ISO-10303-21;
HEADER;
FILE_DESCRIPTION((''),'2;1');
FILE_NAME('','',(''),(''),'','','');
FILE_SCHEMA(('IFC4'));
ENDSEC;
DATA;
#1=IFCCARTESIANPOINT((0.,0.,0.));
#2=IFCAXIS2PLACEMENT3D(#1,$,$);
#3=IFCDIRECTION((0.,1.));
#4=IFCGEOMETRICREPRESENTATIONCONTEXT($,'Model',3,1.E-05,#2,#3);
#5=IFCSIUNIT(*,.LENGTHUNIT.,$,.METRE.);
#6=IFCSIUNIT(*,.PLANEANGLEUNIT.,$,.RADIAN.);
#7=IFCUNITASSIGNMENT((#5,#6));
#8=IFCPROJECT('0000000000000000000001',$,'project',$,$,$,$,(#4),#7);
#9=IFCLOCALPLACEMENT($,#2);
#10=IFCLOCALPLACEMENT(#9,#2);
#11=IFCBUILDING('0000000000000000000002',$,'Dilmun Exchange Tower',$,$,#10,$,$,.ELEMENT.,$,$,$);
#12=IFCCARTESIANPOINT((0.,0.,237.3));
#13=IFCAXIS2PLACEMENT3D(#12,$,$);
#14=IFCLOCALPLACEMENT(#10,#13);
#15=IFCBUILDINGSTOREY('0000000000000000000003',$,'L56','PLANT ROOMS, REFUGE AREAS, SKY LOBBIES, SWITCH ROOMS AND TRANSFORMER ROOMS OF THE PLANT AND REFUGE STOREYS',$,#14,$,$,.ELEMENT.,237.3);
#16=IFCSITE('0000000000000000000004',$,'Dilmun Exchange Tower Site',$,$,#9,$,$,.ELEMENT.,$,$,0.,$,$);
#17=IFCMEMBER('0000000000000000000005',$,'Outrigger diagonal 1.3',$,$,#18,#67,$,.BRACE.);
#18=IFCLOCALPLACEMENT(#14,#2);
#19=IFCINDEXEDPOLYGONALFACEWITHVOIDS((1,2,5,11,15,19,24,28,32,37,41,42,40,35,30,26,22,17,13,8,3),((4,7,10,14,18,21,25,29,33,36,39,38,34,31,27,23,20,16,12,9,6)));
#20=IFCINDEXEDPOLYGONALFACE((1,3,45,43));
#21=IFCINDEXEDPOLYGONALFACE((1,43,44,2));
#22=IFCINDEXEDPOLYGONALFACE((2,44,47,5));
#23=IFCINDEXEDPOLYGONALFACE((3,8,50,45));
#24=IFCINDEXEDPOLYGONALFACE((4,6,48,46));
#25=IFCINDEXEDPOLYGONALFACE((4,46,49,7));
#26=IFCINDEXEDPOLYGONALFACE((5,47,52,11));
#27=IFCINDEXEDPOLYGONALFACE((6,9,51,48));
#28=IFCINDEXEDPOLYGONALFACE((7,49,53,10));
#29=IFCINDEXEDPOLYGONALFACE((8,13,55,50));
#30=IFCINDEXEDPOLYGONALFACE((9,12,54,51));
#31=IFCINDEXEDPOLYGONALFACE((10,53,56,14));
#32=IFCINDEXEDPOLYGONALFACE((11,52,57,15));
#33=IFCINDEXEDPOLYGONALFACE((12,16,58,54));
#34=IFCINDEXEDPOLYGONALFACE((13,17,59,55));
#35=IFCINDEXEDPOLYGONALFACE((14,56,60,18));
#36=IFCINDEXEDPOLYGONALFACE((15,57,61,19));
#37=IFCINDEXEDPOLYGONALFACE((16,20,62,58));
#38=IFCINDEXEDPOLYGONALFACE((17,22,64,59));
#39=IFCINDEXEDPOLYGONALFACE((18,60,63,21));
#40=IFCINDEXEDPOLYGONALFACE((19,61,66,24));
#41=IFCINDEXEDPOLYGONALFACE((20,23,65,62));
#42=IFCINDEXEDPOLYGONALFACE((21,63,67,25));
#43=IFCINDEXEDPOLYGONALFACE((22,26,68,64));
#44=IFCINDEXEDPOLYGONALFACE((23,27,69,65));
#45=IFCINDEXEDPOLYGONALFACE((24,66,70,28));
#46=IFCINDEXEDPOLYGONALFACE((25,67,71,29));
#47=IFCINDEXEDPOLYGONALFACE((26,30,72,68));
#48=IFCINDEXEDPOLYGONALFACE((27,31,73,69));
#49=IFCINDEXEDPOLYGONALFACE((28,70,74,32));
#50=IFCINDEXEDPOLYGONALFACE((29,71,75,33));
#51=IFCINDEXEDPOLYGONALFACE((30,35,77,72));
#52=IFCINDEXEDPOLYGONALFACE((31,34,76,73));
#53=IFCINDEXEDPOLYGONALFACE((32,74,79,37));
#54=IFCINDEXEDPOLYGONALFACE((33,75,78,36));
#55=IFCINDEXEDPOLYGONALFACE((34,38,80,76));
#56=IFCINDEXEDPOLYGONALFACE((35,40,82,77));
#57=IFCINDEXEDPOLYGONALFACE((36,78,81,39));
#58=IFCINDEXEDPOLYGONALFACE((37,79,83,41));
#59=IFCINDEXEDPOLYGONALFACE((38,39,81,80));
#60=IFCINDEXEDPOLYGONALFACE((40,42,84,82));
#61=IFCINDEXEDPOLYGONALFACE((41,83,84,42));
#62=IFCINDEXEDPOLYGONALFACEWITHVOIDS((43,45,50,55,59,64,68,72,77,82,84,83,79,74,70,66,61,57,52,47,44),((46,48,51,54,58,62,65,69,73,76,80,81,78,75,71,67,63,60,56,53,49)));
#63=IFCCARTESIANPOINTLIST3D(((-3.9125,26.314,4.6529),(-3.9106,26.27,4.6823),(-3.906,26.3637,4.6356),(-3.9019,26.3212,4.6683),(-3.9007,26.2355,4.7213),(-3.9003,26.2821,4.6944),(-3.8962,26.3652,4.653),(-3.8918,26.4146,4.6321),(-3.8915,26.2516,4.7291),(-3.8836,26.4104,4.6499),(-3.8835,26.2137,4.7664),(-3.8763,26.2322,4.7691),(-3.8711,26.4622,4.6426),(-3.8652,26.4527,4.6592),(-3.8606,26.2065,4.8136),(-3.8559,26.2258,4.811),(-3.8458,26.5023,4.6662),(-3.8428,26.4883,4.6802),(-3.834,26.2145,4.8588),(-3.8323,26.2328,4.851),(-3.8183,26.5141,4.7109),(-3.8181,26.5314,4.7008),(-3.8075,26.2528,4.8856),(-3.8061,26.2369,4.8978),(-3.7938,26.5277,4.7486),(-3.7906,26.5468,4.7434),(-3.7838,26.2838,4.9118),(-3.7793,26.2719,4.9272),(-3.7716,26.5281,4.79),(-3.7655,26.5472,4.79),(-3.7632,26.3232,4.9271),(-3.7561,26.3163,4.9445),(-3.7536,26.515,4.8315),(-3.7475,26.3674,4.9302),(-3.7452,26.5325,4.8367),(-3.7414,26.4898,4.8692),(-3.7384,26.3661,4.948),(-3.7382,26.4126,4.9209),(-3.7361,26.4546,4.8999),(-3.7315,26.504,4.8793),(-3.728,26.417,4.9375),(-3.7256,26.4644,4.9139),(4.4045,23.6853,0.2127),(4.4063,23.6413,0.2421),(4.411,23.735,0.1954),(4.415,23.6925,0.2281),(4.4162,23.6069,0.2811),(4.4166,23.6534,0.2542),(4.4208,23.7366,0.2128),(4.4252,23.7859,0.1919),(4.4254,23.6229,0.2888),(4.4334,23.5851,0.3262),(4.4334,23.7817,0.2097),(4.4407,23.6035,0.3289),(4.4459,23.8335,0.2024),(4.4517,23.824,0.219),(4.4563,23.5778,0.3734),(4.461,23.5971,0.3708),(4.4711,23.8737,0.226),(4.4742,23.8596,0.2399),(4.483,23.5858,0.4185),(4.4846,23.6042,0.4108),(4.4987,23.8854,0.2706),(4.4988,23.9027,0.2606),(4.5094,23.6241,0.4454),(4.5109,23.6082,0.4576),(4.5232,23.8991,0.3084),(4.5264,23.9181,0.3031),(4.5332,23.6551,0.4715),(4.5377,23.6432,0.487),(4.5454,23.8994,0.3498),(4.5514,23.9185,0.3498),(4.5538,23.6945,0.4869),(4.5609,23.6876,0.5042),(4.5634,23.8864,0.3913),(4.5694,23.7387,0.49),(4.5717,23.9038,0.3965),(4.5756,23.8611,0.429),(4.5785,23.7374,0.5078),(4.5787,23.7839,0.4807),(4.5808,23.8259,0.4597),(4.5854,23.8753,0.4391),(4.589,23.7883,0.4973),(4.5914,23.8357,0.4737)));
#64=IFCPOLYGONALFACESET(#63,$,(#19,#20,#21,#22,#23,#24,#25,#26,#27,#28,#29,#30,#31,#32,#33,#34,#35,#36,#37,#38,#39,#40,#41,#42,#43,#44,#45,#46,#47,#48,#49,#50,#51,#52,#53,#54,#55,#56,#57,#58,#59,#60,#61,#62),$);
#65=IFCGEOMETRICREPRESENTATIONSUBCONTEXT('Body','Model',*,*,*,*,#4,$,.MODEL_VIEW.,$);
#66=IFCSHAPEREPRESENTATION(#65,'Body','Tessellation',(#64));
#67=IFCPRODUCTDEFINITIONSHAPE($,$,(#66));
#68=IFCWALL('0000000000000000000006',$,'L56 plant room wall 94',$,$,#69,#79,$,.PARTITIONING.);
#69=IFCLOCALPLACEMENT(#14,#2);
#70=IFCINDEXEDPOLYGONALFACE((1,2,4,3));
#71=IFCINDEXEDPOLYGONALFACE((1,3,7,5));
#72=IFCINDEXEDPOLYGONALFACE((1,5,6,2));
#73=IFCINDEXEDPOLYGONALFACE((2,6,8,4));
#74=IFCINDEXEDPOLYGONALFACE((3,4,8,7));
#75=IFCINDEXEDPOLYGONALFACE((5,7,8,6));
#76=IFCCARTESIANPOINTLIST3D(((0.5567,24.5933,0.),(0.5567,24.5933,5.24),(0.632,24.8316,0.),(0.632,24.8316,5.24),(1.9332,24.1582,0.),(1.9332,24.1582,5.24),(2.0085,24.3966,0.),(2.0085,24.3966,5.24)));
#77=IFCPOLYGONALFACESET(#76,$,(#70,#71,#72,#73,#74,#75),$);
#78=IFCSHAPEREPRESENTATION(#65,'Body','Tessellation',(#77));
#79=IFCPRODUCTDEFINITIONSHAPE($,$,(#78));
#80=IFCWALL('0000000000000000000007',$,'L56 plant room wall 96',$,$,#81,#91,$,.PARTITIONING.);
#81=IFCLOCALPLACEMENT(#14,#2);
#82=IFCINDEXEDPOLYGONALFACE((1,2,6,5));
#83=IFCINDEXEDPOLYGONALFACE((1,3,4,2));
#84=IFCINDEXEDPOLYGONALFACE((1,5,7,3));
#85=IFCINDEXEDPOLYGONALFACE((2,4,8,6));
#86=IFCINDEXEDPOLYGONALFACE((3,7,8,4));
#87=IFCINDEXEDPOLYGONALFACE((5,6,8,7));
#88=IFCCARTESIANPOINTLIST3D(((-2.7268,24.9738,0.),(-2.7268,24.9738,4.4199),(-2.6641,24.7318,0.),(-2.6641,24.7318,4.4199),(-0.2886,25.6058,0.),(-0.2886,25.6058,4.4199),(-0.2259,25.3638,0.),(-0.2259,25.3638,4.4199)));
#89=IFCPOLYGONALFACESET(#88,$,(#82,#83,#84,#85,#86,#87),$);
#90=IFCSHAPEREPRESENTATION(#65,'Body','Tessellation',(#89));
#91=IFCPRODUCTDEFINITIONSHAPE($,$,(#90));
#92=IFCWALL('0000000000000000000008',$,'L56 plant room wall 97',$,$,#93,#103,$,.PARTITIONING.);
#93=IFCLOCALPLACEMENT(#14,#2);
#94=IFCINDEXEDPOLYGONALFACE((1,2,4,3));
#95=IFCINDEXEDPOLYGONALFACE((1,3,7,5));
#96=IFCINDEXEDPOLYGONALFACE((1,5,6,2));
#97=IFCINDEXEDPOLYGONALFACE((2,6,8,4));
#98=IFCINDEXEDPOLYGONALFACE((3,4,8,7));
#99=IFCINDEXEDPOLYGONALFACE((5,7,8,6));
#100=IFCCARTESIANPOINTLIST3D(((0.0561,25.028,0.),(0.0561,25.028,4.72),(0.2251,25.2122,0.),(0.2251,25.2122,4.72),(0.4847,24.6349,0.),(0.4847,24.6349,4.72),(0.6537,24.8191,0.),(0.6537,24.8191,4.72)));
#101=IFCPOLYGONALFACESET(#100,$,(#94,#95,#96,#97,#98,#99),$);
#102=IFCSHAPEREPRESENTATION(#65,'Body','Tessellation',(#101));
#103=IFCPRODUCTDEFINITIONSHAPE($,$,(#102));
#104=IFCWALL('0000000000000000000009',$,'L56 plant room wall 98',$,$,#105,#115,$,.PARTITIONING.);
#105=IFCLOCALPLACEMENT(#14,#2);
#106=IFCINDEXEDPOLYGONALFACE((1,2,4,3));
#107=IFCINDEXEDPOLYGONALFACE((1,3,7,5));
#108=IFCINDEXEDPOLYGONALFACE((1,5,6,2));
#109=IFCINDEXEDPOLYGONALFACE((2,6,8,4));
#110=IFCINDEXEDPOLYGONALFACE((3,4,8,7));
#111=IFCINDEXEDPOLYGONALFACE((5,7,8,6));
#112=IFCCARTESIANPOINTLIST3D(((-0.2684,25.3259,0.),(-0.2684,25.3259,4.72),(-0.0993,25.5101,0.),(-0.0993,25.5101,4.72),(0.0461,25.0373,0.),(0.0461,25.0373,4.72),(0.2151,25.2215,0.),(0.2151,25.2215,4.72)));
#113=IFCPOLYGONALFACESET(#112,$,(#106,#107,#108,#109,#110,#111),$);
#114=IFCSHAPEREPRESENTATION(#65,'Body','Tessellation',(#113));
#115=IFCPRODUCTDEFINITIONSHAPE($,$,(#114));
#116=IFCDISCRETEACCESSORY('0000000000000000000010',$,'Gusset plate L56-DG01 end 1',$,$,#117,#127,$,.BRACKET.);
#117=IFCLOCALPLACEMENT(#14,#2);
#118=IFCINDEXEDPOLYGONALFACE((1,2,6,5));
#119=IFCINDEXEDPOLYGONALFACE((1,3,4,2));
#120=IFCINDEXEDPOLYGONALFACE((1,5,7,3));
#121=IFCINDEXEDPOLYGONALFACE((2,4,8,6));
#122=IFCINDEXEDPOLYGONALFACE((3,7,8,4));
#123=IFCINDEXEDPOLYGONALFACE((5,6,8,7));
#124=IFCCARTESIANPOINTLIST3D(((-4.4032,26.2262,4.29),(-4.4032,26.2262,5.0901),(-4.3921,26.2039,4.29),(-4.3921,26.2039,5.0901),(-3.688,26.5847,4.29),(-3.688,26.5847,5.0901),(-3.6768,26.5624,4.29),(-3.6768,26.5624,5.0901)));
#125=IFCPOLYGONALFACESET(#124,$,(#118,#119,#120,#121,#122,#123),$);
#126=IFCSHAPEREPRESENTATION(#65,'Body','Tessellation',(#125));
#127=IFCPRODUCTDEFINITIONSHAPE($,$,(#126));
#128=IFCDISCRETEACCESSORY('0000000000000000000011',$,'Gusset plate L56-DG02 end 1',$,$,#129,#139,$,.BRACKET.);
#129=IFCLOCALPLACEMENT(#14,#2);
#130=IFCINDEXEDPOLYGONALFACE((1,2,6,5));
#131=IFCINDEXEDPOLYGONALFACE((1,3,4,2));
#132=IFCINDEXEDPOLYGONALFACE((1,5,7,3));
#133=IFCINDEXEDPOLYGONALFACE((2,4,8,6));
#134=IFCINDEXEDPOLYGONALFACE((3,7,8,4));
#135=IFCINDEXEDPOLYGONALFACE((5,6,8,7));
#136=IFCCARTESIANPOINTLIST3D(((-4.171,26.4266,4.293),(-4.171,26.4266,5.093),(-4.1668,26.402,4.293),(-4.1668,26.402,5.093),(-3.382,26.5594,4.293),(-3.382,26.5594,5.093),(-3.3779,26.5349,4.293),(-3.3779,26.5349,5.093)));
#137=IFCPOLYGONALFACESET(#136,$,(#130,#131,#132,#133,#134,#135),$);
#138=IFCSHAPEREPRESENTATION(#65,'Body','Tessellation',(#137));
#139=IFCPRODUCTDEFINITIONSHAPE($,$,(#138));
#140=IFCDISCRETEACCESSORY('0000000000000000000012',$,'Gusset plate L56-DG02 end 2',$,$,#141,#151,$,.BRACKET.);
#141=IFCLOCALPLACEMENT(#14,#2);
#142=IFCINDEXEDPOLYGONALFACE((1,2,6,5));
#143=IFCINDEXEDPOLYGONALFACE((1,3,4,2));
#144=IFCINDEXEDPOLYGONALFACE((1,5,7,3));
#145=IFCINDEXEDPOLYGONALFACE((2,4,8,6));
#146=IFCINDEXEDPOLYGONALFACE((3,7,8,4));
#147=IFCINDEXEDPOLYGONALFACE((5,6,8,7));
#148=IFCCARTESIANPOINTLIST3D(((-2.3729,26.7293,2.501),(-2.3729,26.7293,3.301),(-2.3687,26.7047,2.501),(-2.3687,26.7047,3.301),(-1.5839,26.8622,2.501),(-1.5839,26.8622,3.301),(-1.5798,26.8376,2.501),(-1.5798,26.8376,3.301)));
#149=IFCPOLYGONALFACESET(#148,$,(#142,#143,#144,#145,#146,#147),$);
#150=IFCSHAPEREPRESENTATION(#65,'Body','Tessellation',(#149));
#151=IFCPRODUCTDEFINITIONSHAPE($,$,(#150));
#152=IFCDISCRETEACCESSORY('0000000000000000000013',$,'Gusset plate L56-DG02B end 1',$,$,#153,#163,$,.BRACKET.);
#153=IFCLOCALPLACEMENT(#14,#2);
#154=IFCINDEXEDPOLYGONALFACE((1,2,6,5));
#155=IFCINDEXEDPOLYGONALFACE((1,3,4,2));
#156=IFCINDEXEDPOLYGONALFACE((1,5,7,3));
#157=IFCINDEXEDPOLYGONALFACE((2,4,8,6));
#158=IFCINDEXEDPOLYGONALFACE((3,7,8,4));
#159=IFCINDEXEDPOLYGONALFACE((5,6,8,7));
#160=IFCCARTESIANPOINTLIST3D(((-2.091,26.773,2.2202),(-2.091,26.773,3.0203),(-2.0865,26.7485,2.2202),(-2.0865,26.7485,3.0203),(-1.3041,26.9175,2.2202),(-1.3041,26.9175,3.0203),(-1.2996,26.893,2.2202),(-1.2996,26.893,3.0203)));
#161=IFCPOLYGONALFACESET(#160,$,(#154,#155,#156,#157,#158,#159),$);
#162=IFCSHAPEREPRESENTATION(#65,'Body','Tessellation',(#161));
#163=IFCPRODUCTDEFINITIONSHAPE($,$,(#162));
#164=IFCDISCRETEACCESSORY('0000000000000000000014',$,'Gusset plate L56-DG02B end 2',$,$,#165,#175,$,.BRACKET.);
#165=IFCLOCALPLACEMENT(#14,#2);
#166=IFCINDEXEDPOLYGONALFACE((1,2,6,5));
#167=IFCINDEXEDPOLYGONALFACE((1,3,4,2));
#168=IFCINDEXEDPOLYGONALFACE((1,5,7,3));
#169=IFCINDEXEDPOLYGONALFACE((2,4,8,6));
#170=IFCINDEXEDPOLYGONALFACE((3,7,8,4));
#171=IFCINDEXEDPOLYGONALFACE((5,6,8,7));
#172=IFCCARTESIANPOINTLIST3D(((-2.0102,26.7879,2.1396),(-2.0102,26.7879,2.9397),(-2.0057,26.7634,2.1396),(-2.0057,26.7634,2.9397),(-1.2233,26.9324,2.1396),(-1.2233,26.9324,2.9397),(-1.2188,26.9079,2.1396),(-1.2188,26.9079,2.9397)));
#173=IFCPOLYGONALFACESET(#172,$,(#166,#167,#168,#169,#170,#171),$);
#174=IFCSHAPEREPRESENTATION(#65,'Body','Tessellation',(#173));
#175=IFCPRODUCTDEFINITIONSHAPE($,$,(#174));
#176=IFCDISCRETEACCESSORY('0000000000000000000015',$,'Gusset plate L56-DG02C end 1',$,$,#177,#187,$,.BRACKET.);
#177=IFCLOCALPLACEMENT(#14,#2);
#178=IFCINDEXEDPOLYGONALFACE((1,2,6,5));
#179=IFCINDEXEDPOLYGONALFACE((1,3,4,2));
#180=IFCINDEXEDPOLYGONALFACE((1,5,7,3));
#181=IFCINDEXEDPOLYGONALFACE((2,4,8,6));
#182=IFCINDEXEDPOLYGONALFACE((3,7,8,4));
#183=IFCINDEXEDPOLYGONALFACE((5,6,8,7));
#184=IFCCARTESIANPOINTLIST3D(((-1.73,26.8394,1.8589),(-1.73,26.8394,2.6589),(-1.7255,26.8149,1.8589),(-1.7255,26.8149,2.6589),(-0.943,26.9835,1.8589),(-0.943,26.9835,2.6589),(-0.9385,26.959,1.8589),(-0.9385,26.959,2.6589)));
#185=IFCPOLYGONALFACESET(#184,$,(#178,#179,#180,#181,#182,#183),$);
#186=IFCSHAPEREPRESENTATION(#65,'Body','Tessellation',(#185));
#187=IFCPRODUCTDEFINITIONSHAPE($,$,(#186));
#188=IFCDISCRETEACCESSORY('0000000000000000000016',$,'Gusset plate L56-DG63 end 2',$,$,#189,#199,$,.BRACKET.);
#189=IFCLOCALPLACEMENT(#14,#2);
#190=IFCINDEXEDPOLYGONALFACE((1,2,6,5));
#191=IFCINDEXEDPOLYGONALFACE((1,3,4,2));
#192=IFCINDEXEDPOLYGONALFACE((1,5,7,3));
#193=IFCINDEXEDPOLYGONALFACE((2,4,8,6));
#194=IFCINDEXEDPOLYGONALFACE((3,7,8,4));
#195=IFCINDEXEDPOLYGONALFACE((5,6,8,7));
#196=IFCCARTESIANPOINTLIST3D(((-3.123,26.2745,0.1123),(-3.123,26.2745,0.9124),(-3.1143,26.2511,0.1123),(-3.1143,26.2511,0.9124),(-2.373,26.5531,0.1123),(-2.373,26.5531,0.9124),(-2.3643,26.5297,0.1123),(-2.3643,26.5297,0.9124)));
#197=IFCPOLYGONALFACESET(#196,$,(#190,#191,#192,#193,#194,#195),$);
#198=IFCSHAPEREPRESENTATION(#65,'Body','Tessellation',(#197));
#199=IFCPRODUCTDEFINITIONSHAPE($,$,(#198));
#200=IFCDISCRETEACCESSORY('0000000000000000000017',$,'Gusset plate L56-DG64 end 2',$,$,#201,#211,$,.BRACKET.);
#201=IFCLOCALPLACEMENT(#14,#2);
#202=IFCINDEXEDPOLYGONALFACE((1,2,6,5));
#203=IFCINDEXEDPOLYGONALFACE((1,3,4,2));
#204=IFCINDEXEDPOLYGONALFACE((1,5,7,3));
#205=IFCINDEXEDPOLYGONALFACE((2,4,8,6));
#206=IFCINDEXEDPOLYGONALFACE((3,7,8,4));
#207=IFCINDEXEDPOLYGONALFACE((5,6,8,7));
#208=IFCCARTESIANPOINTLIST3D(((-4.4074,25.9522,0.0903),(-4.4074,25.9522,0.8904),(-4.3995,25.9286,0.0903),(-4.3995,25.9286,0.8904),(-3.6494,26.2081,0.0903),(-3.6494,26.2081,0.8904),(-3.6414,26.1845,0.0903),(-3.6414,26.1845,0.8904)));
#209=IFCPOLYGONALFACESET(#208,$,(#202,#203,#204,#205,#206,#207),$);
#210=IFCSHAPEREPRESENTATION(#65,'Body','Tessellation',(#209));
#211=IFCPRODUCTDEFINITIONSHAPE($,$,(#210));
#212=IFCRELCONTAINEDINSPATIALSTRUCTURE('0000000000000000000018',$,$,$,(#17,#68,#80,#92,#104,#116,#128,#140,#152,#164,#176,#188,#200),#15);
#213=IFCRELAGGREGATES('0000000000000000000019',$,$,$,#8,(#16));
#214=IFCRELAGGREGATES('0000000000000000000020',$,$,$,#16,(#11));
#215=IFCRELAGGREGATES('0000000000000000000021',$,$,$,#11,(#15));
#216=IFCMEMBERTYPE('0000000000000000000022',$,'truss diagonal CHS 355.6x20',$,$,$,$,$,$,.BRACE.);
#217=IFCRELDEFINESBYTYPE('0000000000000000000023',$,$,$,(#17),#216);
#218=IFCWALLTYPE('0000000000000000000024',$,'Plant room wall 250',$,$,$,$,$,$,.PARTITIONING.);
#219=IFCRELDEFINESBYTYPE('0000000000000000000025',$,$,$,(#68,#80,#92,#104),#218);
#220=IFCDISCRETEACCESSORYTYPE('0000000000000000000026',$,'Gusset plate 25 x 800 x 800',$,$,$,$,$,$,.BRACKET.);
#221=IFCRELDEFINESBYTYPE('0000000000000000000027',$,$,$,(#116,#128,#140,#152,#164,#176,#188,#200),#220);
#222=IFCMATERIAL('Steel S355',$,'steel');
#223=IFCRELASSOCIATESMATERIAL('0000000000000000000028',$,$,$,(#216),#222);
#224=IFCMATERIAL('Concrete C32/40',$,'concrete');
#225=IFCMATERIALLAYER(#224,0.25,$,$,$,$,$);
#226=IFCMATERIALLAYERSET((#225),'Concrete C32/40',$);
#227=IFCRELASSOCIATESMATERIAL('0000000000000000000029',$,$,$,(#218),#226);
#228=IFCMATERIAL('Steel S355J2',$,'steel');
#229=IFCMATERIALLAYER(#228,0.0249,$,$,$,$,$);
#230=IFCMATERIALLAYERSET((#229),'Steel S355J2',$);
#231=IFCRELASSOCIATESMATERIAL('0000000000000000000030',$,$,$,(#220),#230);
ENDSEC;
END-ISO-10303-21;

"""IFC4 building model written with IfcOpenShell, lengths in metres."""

from ifc_helpers import new_model, si_unit, direction, frame, frame_2d, origin, origin_2d, place, context, subcontext, project, spatial, rectangle, hollow_circle, extrude, material, layer, layer_set, material_profile, profile_set, type_object, element, save


model = new_model("IFC4")

# Units and contexts
model_context = context("Model", 3, precision=1e-05, world=origin(), true_north=direction((0.0, 1.0)))
body_context = subcontext(model_context, "Body", "Model", "MODEL_VIEW")
ifc_project = project(units=[si_unit("LENGTHUNIT", "METRE"), si_unit("PLANEANGLEUNIT", "RADIAN")], contexts=[model_context])

# Site, building, storey
site_placement = place(None, origin())
site = spatial("IfcSite", under=ifc_project, at=site_placement, Name="Dilmun Exchange Tower Site", CompositionType="ELEMENT", RefElevation=0.0)
building_placement = place(site_placement, origin())
building = spatial("IfcBuilding", under=site, at=building_placement, Name="Dilmun Exchange Tower", CompositionType="ELEMENT")
storey_placement = place(building_placement, frame((0.0, 0.0, 237.3)))
storey = spatial("IfcBuildingStorey", under=building, at=storey_placement, Name="L56", Description="PLANT ROOMS, REFUGE AREAS, SKY LOBBIES, SWITCH ROOMS AND TRANSFORMER ROOMS OF THE PLANT AND REFUGE STOREYS", CompositionType="ELEMENT", Elevation=237.3)

# Shared definitions
ifc_material_1 = material(Name="Steel S355", Category="steel")

# Member
ifc_material_profile_1 = material_profile(ifc_material_1, hollow_circle(Radius=0.1777, WallThickness=0.02, at=origin_2d()), Name="CHS 355.6x20")
ifc_profile_set_1 = profile_set([ifc_material_profile_1], Name="Steel S355")
member_type_1 = type_object("IfcMemberType", Name="truss diagonal CHS 355.6x20", PredefinedType="BRACE", material=ifc_profile_set_1)
member_1_placement = place(storey_placement, frame((-3.8191, 26.3777, 4.79), z_axis=(0.849744, -0.268572, -0.453657), x_axis=(0.301368, 0.953508, 0.0)))
element("IfcMember", 1, at=member_1_placement, inside=storey, type_object=member_type_1, Name="Outrigger diagonal 1.3", PredefinedType="BRACE", context=body_context, shape_type="SweptSolid", body=[
    extrude(hollow_circle(Radius=0.1777, WallThickness=0.02, at=origin_2d()), origin(), (0.0, 0.0, 1.0), 9.7876),
])

# Walls
ifc_material_2 = material(Name="Concrete C32/40", Category="concrete")
ifc_layer_1 = layer(ifc_material_2, 0.25)
ifc_layer_set_1 = layer_set([ifc_layer_1], Name="Concrete C32/40")
wall_type = type_object("IfcWallType", Name="Plant room wall 250", PredefinedType="PARTITIONING", material=ifc_layer_set_1)
wall_1_placement = place(storey_placement, frame((0.5945, 24.7124, 0.0), z_axis=(0.0, 0.0, 1.0), x_axis=(0.953506, -0.301374, 0.0)))
element("IfcWall", 2, at=wall_1_placement, inside=storey, type_object=wall_type, Name="L56 plant room wall 94", PredefinedType="PARTITIONING", context=body_context, shape_type="SweptSolid", body=[
    extrude(rectangle(XDim=1.4436, YDim=0.25, at=frame_2d((0.7217, 0.0))), origin(), (0.0, 0.0, 1.0), 5.24),
])
wall_2_placement = place(storey_placement, frame((-2.6953, 24.8528, 0.0), z_axis=(0.0, 0.0, 1.0), x_axis=(0.968002, 0.250942, 0.0)))
element("IfcWall", 3, at=wall_2_placement, inside=storey, type_object=wall_type, Name="L56 plant room wall 96", PredefinedType="PARTITIONING", context=body_context, shape_type="SweptSolid", body=[
    extrude(rectangle(XDim=2.5188, YDim=0.25, at=frame_2d((1.2593, 0.0))), origin(), (0.0, 0.0, 1.0), 4.4199),
])
wall_3_placement = place(storey_placement, frame((0.1406, 25.1201, 0.0), z_axis=(0.0, 0.0, 1.0), x_axis=(0.736893, -0.67601, 0.0)))
element("IfcWall", 4, at=wall_3_placement, inside=storey, type_object=wall_type, Name="L56 plant room wall 97", PredefinedType="PARTITIONING", context=body_context, shape_type="SweptSolid", body=[
    extrude(rectangle(XDim=0.5815, YDim=0.25, at=frame_2d((0.2908, 0.0))), origin(), (0.0, 0.0, 1.0), 4.72),
])
wall_4_placement = place(storey_placement, frame((-0.1838, 25.418, 0.0), z_axis=(0.0, 0.0, 1.0), x_axis=(0.736774, -0.676139, 0.0)))
element("IfcWall", 5, at=wall_4_placement, inside=storey, type_object=wall_type, Name="L56 plant room wall 98", PredefinedType="PARTITIONING", context=body_context, shape_type="SweptSolid", body=[
    extrude(rectangle(XDim=0.4268, YDim=0.25, at=frame_2d((0.2134, 0.0))), origin(), (0.0, 0.0, 1.0), 4.72),
])

# Discrete accessories
ifc_material_3 = material(Name="Steel S355J2", Category="steel")
ifc_layer_2 = layer(ifc_material_3, 0.0249)
ifc_layer_set_2 = layer_set([ifc_layer_2], Name="Steel S355J2")
discrete_accessory_type = type_object("IfcDiscreteAccessoryType", Name="Gusset plate 25 x 800 x 800", PredefinedType="BRACKET", material=ifc_layer_set_2)
for number, where, z_axis, x_axis, name in (
    (6, (-4.04, 26.3943, 4.29), (0.0, 0.0, 1.0), (-0.893971, -0.448126, 0.0), "Gusset plate L56-DG01 end 1"),
    (7, (-3.7744, 26.4807, 4.293), (0.0, 0.0, 1.0), (0.986114, 0.166068, 0.0), "Gusset plate L56-DG02 end 1"),
    (8, (-1.9763, 26.7834, 2.501), (0.0, 0.0, 1.0), (0.986114, 0.166068, 0.0), "Gusset plate L56-DG02 end 2"),
    (9, (-1.6953, 26.833, 2.2202), (0.0, 0.0, 1.0), (0.98355, 0.180636, 0.0), "Gusset plate L56-DG02B end 1"),
    (10, (-1.6145, 26.8479, 2.1396), (0.0, 0.0, 1.0), (0.98355, 0.180636, 0.0), "Gusset plate L56-DG02B end 2"),
    (11, (-1.3342, 26.8992, 1.8589), (0.0, 0.0, 1.0), (0.983645, 0.180116, 0.0), "Gusset plate L56-DG02C end 1"),
    (12, (-2.7437, 26.4021, 0.1123), (0.0, 0.0, 1.0), (-0.937426, -0.348184, 0.0), "Gusset plate L56-DG63 end 2"),
    (13, (-4.0244, 26.0684, 0.0903), (0.0, 0.0, 1.0), (-0.947489, -0.31979, 0.0), "Gusset plate L56-DG64 end 2"),
):
    element("IfcDiscreteAccessory", number, at=place(storey_placement, frame(where, z_axis=z_axis, x_axis=x_axis)), inside=storey, type_object=discrete_accessory_type, Name=name, PredefinedType="BRACKET", context=body_context, shape_type="SweptSolid", body=[
        extrude(rectangle(XDim=0.8, YDim=0.0249, at=origin_2d()), origin(), (0.0, 0.0, 1.0), 0.8),
    ])

save(model, "model.ifc")
